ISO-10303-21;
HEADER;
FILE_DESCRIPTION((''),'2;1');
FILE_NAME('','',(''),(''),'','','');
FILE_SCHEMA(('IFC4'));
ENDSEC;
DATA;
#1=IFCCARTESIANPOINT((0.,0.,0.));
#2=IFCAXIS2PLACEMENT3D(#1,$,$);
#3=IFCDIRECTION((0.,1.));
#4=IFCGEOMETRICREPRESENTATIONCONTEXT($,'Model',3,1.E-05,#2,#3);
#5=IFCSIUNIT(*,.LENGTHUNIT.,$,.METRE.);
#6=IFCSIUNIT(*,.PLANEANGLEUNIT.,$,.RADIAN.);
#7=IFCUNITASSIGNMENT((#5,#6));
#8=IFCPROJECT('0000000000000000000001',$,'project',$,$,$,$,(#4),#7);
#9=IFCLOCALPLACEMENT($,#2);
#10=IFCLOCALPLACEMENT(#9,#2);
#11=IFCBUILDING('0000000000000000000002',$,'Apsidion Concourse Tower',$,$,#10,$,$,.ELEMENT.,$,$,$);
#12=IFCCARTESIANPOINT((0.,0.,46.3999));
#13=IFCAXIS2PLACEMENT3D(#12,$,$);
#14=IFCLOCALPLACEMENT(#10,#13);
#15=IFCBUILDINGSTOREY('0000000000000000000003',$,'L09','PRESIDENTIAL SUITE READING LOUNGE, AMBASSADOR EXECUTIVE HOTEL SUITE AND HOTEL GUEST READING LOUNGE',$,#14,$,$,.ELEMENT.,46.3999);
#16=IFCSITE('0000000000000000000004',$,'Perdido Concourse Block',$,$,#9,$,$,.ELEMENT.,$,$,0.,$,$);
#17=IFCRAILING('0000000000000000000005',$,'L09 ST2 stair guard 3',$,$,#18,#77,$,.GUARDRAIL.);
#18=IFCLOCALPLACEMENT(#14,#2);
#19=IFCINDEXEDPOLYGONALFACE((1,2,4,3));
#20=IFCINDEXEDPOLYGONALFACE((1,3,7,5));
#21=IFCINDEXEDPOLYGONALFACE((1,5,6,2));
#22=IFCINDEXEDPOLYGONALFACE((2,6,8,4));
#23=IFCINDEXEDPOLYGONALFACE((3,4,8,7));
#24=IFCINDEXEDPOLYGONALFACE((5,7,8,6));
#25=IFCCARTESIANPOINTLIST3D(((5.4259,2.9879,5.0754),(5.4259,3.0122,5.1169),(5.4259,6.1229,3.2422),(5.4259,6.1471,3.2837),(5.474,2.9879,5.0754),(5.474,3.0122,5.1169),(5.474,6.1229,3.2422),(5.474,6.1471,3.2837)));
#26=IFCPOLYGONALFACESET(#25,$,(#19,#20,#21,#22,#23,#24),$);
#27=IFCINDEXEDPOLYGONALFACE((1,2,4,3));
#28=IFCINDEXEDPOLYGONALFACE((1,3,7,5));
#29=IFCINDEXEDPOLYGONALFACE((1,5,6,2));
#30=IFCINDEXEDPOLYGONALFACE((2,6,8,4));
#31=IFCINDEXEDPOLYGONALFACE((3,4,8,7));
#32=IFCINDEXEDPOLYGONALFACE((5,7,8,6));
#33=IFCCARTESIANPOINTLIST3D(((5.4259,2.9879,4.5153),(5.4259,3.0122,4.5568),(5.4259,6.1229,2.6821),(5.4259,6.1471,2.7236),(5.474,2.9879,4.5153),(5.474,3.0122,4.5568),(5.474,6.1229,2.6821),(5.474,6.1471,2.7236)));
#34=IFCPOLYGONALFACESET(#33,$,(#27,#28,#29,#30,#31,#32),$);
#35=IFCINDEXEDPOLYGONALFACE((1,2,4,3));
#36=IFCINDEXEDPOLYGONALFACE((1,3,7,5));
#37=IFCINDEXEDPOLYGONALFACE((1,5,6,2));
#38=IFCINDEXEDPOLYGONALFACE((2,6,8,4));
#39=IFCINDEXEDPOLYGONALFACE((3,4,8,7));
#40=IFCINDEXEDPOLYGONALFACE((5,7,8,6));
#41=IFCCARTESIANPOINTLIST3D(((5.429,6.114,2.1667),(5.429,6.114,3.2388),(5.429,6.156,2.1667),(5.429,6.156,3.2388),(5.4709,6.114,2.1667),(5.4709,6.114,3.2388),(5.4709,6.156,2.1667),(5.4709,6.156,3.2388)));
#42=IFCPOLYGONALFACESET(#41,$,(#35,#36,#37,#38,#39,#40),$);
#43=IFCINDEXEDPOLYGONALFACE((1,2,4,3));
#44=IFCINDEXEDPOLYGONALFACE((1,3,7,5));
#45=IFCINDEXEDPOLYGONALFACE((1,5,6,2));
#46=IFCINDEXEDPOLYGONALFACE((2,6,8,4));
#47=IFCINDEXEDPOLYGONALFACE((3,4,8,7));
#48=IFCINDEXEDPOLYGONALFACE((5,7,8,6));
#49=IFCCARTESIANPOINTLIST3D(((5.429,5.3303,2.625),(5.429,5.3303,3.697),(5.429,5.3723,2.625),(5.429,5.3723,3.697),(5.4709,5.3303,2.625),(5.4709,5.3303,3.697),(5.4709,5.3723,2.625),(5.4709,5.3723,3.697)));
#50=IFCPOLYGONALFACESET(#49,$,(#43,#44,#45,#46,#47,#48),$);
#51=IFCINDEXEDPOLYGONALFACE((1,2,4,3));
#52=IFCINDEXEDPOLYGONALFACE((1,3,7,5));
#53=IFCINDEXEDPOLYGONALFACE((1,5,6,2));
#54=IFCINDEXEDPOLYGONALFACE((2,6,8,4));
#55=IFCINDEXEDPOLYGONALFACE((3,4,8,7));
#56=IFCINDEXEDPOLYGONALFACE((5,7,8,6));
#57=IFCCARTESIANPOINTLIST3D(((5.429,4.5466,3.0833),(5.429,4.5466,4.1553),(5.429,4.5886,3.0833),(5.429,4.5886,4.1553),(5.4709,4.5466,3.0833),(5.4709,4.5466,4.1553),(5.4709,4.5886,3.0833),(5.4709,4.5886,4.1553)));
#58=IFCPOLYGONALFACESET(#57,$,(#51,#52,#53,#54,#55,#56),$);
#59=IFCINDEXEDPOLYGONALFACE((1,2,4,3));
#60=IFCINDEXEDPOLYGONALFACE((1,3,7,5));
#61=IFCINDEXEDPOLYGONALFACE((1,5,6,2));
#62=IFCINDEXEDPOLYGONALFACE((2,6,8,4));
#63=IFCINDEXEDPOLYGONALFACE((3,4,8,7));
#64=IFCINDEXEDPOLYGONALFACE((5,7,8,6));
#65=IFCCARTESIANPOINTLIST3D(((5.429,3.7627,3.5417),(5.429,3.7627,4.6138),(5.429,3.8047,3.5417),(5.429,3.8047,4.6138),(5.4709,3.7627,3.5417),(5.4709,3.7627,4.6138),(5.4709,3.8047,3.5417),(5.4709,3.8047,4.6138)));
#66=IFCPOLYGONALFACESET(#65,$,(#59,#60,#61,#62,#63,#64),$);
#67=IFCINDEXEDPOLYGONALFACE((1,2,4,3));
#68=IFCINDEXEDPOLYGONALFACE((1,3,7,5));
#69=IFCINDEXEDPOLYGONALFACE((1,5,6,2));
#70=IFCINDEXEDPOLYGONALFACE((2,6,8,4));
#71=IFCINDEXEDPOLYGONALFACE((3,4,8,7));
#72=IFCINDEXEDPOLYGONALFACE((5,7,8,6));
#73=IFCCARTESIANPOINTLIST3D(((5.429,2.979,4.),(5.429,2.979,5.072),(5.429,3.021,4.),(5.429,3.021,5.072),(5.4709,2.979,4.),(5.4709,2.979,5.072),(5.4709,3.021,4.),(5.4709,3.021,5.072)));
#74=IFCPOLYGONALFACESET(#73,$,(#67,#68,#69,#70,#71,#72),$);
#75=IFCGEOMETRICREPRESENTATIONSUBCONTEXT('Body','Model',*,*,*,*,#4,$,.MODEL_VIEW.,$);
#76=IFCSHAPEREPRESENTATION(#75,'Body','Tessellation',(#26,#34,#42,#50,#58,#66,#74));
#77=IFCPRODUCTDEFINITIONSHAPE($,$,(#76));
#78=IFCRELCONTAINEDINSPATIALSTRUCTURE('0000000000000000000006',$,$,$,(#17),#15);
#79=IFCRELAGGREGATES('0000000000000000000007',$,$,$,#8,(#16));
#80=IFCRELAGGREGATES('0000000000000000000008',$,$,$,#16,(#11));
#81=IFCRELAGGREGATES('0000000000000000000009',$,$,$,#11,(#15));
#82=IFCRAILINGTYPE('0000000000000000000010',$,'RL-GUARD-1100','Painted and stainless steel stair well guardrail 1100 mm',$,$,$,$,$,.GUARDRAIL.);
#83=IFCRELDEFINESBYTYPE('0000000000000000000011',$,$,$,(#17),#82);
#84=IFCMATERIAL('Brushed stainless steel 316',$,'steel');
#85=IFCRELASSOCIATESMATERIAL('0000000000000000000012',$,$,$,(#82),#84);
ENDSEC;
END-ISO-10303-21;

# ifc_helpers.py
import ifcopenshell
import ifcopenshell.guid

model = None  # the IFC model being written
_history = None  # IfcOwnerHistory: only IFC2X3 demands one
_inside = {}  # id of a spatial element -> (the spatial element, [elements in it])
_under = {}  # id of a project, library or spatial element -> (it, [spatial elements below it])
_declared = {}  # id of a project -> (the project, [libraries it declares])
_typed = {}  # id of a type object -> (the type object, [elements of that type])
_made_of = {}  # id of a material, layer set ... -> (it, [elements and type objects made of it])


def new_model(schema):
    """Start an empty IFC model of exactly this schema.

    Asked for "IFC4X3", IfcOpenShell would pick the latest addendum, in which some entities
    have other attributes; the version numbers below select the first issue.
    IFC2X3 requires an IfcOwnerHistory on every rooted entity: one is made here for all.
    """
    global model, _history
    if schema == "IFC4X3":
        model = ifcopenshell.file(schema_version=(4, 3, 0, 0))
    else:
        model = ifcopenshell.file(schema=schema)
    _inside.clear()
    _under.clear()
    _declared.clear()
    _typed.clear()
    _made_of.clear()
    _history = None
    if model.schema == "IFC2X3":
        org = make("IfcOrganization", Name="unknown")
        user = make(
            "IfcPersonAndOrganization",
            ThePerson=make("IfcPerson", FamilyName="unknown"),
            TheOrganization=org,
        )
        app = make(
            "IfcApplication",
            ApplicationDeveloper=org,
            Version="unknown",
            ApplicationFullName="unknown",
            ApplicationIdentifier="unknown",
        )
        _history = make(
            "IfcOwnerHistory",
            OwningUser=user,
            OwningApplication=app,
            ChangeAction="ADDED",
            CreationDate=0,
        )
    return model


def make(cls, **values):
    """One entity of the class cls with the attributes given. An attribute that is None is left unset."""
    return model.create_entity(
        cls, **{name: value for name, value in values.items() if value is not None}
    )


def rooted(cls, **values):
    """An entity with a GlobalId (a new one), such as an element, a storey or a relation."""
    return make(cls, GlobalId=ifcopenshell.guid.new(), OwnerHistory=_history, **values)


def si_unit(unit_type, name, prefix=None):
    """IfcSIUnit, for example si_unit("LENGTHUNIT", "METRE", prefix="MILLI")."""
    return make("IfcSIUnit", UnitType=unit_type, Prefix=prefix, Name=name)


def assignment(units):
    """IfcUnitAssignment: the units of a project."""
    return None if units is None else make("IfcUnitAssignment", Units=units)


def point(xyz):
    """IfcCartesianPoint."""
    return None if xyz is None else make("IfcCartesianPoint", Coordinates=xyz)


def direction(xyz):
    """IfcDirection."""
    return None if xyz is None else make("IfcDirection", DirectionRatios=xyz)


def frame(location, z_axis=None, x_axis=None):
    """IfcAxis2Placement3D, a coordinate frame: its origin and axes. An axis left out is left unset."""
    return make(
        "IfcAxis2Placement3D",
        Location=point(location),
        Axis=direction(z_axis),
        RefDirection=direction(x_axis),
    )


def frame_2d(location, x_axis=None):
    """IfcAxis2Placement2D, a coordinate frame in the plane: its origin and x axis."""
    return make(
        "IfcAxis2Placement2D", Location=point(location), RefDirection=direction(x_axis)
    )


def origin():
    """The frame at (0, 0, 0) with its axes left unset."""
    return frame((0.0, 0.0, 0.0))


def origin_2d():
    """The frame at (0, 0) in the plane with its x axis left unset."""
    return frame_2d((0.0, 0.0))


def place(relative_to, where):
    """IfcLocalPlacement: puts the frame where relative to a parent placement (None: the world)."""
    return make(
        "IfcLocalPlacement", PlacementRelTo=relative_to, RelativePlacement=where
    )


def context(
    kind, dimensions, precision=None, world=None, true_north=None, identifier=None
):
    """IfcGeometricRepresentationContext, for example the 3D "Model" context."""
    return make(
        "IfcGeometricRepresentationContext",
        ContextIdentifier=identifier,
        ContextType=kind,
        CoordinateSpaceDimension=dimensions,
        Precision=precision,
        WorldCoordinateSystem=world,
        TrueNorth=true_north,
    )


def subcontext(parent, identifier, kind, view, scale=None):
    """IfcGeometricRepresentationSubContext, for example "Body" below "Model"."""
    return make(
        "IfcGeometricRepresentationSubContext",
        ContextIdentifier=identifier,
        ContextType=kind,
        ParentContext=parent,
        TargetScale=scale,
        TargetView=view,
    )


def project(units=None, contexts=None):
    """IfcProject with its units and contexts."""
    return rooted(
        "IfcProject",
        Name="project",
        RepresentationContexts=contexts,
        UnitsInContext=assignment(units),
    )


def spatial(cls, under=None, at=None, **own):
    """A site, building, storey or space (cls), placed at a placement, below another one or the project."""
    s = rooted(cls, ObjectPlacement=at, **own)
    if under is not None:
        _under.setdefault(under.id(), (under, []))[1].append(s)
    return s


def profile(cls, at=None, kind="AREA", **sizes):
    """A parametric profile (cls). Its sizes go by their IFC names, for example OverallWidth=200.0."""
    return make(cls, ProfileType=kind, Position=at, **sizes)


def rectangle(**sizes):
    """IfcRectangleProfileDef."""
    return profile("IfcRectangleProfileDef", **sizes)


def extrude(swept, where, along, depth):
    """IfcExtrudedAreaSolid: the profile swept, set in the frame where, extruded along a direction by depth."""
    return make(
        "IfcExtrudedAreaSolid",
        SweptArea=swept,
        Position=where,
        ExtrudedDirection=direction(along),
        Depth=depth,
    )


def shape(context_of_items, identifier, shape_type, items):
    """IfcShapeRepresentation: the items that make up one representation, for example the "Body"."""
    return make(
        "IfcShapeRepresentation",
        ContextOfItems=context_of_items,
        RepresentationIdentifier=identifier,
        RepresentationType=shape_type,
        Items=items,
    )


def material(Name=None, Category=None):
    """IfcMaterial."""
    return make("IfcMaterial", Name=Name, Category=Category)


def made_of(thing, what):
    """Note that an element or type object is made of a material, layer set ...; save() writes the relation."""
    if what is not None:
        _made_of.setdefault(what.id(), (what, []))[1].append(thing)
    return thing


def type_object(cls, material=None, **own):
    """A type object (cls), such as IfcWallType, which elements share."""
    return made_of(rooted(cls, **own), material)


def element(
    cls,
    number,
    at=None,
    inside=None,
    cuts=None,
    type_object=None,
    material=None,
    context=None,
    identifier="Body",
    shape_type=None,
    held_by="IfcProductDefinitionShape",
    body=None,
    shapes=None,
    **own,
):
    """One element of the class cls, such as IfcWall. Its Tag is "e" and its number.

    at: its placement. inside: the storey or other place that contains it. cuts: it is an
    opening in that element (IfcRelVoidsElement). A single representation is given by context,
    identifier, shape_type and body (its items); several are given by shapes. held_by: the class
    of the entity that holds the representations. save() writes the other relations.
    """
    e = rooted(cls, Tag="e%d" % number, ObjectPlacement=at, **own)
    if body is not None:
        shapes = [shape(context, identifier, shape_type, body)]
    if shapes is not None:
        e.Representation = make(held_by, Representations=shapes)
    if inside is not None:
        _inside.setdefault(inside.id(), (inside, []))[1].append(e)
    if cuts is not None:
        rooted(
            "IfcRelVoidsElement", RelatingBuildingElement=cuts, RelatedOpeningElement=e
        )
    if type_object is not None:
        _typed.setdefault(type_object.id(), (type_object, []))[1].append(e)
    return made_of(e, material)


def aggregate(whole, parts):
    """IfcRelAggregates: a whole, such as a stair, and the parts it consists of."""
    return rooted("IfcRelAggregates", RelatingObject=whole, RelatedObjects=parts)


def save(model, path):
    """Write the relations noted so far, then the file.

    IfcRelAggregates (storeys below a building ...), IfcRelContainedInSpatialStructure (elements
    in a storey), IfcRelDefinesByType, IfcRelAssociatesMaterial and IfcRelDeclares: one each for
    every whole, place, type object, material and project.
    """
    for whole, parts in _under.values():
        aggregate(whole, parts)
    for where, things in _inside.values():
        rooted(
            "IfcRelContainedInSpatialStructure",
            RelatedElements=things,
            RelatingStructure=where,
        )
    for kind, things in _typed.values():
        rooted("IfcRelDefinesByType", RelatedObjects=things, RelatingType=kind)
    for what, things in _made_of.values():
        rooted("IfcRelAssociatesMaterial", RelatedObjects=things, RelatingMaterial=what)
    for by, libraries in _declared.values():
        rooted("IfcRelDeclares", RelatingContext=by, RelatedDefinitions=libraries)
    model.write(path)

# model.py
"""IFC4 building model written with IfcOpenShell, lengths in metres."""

from ifc_helpers import new_model, si_unit, direction, frame, origin, origin_2d, place, context, subcontext, project, spatial, rectangle, extrude, material, type_object, element, save


model = new_model("IFC4")

# Units and contexts
model_context = context("Model", 3, precision=1e-05, world=origin(), true_north=direction((0.0, 1.0)))
body_context = subcontext(model_context, "Body", "Model", "MODEL_VIEW")
ifc_project = project(units=[si_unit("LENGTHUNIT", "METRE"), si_unit("PLANEANGLEUNIT", "RADIAN")], contexts=[model_context])

# Site, building, storey
site_placement = place(None, origin())
site = spatial("IfcSite", under=ifc_project, at=site_placement, Name="Perdido Concourse Block", CompositionType="ELEMENT", RefElevation=0.0)
building_placement = place(site_placement, origin())
building = spatial("IfcBuilding", under=site, at=building_placement, Name="Apsidion Concourse Tower", CompositionType="ELEMENT")
storey_placement = place(building_placement, frame((0.0, 0.0, 46.3999)))
storey = spatial("IfcBuildingStorey", under=building, at=storey_placement, Name="L09", Description="PRESIDENTIAL SUITE READING LOUNGE, AMBASSADOR EXECUTIVE HOTEL SUITE AND HOTEL GUEST READING LOUNGE", CompositionType="ELEMENT", Elevation=46.3999)

# Shared definitions
ifc_material_1 = material(Name="Brushed stainless steel 316", Category="steel")

# Railing
railing_type = type_object("IfcRailingType", Name="RL-GUARD-1100", Description="Painted and stainless steel stair well guardrail 1100 mm", PredefinedType="GUARDRAIL", material=ifc_material_1)
railing_1_placement = place(storey_placement, frame((5.45, 6.135, 2.1667)))
element("IfcRailing", 1, at=railing_1_placement, inside=storey, type_object=railing_type, Name="L09 ST2 stair guard 3", PredefinedType="GUARDRAIL", context=body_context, shape_type="SweptSolid", body=[
    extrude(rectangle(XDim=0.0481, YDim=0.0481, at=origin_2d()), frame((0.0, 0.0, 1.0962), z_axis=(0.0, -0.86324, 0.504794), x_axis=(1.0, 0.0, 0.0)), (0.0, 0.0, 1.0), 3.6316),
    extrude(rectangle(XDim=0.0481, YDim=0.0481, at=origin_2d()), frame((0.0, 0.0, 0.5361), z_axis=(0.0, -0.86324, 0.504794), x_axis=(1.0, 0.0, 0.0)), (0.0, 0.0, 1.0), 3.6316),
    extrude(rectangle(XDim=0.042, YDim=0.042, at=origin_2d()), origin(), (0.0, 0.0, 1.0), 1.072),
    extrude(rectangle(XDim=0.042, YDim=0.042, at=origin_2d()), frame((0.0, -0.7837, 0.4583)), (0.0, 0.0, 1.0), 1.072),
    extrude(rectangle(XDim=0.042, YDim=0.042, at=origin_2d()), frame((0.0, -1.5674, 0.9165)), (0.0, 0.0, 1.0), 1.072),
    extrude(rectangle(XDim=0.042, YDim=0.042, at=origin_2d()), frame((0.0, -2.3513, 1.375)), (0.0, 0.0, 1.0), 1.072),
    extrude(rectangle(XDim=0.042, YDim=0.042, at=origin_2d()), frame((0.0, -3.135, 1.8333)), (0.0, 0.0, 1.0), 1.072),
])

save(model, "model.ifc")
